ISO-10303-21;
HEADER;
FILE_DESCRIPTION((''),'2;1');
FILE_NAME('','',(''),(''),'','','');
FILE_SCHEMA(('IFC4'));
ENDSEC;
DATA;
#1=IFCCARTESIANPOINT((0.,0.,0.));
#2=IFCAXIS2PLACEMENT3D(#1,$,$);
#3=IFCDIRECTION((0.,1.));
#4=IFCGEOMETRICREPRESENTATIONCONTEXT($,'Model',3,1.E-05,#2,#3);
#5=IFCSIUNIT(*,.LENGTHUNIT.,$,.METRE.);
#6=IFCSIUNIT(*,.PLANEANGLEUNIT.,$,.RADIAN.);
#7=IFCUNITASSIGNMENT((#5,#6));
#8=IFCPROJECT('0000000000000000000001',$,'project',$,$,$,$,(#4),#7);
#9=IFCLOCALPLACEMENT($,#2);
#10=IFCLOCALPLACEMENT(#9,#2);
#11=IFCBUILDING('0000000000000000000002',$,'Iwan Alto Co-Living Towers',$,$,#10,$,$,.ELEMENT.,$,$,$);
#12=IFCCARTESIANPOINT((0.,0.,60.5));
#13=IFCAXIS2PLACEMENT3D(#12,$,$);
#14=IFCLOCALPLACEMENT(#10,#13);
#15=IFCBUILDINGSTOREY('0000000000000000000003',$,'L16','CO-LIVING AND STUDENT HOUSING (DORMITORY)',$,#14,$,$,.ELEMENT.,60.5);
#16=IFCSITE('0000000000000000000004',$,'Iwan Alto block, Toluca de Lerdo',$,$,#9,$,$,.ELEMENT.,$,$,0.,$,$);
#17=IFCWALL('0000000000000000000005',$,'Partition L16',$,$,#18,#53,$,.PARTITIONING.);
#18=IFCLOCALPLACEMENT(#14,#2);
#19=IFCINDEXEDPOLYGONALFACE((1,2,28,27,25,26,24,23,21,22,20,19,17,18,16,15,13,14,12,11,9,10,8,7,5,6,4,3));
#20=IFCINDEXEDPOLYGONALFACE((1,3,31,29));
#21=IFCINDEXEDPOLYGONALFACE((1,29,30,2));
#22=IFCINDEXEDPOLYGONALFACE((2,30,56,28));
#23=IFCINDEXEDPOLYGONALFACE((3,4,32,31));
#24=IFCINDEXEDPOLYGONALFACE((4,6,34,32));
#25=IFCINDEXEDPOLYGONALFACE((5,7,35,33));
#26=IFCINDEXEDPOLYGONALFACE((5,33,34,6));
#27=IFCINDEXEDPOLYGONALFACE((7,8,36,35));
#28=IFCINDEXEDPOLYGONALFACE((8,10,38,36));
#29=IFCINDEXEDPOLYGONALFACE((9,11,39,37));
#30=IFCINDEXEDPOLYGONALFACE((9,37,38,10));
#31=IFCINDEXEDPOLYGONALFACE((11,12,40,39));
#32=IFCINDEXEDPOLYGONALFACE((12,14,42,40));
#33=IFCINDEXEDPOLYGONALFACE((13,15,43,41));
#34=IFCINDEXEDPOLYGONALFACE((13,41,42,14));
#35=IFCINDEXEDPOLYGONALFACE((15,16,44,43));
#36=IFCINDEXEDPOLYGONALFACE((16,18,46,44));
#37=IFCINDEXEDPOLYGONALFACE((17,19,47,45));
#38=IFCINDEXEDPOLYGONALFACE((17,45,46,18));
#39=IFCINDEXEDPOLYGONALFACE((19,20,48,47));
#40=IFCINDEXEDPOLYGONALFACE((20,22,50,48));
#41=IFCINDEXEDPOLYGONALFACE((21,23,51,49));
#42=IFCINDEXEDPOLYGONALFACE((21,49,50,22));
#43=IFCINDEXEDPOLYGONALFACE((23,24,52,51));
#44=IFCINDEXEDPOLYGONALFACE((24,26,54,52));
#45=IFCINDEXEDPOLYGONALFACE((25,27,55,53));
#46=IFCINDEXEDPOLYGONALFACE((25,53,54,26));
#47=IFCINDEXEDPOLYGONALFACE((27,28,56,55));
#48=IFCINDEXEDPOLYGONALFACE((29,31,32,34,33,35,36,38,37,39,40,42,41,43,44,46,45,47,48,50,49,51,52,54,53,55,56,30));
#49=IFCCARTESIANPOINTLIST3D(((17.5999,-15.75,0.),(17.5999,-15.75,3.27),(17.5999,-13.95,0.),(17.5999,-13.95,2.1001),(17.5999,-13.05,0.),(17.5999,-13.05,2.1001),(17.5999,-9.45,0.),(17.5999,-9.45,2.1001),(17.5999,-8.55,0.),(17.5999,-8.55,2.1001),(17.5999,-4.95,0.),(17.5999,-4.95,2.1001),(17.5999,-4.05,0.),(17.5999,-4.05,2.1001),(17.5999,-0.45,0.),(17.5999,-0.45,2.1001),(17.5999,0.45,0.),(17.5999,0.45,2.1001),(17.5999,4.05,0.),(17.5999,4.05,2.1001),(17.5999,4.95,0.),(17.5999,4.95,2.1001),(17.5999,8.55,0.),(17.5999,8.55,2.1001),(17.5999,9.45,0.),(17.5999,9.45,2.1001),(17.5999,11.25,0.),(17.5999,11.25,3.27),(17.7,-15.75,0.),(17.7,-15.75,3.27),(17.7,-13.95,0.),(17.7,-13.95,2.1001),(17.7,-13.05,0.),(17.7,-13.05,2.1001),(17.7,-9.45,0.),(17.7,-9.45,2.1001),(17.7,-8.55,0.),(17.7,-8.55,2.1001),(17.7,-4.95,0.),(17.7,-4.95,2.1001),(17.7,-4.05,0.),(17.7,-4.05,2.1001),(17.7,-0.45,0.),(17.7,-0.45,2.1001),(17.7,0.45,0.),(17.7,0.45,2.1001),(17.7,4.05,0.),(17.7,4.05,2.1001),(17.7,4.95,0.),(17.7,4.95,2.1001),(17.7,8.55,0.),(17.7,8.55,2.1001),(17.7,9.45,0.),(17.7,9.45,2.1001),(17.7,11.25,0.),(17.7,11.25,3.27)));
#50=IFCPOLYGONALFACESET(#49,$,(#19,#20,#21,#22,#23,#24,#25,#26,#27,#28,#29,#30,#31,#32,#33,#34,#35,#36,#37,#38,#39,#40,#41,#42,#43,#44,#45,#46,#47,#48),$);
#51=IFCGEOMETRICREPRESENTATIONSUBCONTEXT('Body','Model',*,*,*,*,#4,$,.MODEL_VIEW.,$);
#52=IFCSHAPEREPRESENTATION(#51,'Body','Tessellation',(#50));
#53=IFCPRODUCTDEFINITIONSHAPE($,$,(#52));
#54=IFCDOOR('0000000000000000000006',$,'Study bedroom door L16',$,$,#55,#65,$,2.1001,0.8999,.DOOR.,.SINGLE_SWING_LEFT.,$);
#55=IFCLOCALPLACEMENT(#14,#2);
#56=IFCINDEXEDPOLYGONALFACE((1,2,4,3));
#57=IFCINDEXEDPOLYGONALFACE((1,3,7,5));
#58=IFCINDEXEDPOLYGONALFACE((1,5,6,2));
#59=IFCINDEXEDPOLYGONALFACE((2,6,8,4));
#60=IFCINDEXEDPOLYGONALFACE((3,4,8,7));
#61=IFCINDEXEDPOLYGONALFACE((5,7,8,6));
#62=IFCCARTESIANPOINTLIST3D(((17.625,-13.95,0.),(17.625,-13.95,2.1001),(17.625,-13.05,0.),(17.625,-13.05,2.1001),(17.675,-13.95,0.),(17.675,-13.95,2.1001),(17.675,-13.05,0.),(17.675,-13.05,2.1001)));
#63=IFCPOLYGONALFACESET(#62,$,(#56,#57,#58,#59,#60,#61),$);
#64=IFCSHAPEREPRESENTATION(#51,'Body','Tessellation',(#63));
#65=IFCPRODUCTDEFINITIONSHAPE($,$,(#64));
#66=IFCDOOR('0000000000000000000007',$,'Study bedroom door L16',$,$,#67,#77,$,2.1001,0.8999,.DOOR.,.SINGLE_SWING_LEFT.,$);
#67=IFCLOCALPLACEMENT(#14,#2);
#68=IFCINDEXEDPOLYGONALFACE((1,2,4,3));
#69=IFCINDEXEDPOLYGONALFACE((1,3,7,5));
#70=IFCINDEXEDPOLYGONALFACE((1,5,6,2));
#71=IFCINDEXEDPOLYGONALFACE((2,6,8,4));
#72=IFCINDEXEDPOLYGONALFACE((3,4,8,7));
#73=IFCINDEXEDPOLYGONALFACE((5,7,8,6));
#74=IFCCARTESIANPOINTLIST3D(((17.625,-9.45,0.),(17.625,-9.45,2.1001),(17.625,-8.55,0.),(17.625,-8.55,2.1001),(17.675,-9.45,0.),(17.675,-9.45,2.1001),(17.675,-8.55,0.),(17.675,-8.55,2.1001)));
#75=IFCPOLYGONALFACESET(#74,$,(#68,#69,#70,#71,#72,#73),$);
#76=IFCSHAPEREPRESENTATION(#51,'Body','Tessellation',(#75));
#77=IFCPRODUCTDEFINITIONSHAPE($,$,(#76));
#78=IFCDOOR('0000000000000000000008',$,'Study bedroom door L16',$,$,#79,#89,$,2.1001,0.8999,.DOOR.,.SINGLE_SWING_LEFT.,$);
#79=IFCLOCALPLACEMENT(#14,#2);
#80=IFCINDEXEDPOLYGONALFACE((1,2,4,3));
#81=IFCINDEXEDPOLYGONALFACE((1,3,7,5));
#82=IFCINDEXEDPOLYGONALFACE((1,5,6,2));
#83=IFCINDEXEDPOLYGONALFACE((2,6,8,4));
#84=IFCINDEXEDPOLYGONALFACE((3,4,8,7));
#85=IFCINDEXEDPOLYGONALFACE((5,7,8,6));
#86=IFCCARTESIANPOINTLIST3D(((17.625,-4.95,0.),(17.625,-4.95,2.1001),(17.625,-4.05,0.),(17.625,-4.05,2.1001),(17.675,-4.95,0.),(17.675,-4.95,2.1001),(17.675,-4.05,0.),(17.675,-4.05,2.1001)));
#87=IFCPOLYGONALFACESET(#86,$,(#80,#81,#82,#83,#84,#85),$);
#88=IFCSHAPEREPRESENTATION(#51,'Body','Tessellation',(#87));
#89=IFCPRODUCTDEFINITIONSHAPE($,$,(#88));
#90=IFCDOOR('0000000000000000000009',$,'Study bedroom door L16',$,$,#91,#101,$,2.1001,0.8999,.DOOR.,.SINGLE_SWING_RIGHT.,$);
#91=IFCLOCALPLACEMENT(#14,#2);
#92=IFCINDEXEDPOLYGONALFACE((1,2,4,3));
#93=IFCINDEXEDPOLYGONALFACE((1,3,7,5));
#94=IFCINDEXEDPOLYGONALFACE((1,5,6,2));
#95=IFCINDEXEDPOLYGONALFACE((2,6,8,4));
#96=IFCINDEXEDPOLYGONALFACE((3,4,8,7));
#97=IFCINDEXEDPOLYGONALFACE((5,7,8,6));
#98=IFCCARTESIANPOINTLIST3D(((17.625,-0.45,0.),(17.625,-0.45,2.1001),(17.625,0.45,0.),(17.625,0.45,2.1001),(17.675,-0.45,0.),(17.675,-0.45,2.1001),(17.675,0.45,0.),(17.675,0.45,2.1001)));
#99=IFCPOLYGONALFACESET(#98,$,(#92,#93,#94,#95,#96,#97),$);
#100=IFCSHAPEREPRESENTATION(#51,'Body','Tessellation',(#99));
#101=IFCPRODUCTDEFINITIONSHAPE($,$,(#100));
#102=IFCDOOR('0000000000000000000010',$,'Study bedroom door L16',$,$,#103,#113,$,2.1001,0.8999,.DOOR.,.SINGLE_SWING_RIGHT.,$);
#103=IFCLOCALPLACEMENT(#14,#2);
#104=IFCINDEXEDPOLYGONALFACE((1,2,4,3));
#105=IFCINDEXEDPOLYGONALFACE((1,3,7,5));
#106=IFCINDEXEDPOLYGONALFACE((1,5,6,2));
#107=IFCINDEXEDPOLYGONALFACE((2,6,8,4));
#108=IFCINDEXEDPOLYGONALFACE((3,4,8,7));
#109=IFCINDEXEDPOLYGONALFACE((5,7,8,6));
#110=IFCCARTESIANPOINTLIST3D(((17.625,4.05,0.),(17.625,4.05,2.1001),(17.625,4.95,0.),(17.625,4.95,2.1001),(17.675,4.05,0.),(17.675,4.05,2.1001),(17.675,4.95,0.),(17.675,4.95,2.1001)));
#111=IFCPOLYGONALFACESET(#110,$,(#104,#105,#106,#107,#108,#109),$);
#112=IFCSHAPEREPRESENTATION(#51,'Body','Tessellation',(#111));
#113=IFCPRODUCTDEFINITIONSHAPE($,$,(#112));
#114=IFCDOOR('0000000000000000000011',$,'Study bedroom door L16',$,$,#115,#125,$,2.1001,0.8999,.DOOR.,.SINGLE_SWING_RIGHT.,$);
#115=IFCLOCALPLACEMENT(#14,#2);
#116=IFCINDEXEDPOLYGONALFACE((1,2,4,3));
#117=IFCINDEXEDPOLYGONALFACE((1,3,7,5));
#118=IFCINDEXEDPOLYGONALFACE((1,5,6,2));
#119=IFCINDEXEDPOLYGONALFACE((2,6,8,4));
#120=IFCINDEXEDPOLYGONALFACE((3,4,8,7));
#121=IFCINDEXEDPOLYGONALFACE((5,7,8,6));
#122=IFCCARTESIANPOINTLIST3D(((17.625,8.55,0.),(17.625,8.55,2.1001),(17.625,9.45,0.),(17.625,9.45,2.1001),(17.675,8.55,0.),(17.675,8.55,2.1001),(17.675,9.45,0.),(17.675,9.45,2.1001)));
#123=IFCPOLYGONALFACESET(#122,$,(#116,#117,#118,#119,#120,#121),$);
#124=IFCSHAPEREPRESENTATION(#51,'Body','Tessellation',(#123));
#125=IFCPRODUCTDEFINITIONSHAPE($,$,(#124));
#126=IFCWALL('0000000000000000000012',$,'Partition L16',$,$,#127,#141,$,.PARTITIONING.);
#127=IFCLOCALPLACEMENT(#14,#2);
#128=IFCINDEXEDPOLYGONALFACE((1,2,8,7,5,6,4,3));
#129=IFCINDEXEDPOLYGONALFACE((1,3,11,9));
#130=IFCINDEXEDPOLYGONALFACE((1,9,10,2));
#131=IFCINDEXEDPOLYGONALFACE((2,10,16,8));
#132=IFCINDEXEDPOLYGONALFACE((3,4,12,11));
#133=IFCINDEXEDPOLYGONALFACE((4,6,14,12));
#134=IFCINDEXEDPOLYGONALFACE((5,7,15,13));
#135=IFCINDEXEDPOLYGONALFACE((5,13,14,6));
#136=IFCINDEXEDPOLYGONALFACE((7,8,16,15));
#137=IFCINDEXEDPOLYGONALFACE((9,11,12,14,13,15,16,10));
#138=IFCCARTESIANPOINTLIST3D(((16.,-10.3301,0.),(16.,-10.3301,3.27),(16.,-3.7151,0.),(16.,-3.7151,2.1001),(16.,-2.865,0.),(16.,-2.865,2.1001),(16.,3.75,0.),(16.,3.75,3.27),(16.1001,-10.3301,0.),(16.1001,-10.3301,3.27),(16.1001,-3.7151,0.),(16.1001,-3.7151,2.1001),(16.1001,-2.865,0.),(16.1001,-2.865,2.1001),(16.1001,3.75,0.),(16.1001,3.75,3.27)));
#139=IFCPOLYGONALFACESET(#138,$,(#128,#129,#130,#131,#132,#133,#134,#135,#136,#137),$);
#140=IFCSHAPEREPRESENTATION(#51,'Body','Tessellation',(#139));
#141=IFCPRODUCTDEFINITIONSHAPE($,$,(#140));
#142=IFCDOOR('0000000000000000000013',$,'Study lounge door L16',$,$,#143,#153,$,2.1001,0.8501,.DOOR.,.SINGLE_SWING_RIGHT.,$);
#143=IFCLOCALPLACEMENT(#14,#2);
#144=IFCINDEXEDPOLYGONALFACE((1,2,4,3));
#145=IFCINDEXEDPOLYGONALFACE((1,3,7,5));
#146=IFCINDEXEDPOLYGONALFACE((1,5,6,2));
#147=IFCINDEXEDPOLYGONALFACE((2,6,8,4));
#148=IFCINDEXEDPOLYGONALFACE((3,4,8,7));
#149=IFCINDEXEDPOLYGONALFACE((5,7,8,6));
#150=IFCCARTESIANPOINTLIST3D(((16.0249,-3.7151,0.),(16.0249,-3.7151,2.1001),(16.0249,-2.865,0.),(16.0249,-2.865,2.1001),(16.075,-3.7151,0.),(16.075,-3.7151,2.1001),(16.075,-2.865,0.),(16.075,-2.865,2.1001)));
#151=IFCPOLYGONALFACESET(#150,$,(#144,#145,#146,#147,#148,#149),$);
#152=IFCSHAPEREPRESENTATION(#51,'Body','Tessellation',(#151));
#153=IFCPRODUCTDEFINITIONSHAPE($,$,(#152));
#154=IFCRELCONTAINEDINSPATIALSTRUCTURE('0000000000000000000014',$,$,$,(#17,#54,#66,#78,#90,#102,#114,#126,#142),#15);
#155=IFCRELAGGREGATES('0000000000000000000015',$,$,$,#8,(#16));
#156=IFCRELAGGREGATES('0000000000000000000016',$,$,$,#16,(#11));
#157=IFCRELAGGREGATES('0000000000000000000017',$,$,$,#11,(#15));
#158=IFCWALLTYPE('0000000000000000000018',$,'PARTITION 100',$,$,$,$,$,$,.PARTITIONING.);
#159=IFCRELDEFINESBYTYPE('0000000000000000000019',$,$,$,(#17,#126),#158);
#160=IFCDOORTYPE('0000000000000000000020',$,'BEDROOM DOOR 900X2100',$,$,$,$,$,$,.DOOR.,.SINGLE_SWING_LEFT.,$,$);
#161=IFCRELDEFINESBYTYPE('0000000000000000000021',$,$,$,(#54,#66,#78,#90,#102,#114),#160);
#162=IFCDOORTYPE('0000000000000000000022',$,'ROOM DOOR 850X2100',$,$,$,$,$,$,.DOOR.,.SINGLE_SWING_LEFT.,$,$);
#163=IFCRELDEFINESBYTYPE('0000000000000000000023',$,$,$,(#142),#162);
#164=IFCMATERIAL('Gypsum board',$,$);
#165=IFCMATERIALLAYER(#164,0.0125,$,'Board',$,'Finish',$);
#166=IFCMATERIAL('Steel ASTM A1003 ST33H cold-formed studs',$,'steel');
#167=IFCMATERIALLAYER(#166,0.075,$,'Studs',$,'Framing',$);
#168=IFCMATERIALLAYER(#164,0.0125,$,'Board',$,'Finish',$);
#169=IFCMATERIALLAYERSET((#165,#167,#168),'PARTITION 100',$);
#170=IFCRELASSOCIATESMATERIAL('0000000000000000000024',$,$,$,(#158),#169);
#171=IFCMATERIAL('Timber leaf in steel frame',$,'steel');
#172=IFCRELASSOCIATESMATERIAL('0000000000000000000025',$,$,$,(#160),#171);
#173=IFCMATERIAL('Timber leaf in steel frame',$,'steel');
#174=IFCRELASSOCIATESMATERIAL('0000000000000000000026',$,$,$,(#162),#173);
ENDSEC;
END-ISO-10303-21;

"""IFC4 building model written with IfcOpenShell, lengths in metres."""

from ifc_helpers import new_model, si_unit, direction, frame, frame_2d, origin, place, context, subcontext, project, spatial, rectangle, extrude, material, layer, layer_set, type_object, element, fill, save


model = new_model("IFC4")

# Units and contexts
model_context = context("Model", 3, precision=1e-05, world=origin(), true_north=direction((0.0, 1.0)))
body_context = subcontext(model_context, "Body", "Model", "MODEL_VIEW")
ifc_project = project(units=[si_unit("LENGTHUNIT", "METRE"), si_unit("PLANEANGLEUNIT", "RADIAN")], contexts=[model_context])

# Site, building, storey
site_placement = place(None, origin())
site = spatial("IfcSite", under=ifc_project, at=site_placement, Name="Iwan Alto block, Toluca de Lerdo", CompositionType="ELEMENT", RefElevation=0.0)
building_placement = place(site_placement, origin())
building = spatial("IfcBuilding", under=site, at=building_placement, Name="Iwan Alto Co-Living Towers", CompositionType="ELEMENT")
storey_placement = place(building_placement, frame((0.0, 0.0, 60.5)))
storey = spatial("IfcBuildingStorey", under=building, at=storey_placement, Name="L16", Description="CO-LIVING AND STUDENT HOUSING (DORMITORY)", CompositionType="ELEMENT", Elevation=60.5)

# Shared definitions
ifc_material_1 = material(Name="Gypsum board")
ifc_material_2 = material(Name="Steel ASTM A1003 ST33H cold-formed studs", Category="steel")

# Shared definitions
ifc_layer_1 = layer(ifc_material_1, 0.0125, Name="Board", Category="Finish")
ifc_layer_2 = layer(ifc_material_2, 0.075, Name="Studs", Category="Framing")
ifc_layer_3 = layer(ifc_material_1, 0.0125, Name="Board", Category="Finish")
ifc_layer_set_1 = layer_set([ifc_layer_1, ifc_layer_2, ifc_layer_3], Name="PARTITION 100")
wall_type_1 = type_object("IfcWallType", Name="PARTITION 100", PredefinedType="PARTITIONING", material=ifc_layer_set_1)

# Wall, openings, doors
wall_1_placement = place(storey_placement, frame((17.6499, -15.75, 0.0), z_axis=(0.0, 0.0, 1.0), x_axis=(0.0, 1.0, 0.0)))
wall_1 = element("IfcWall", 1, at=wall_1_placement, inside=storey, type_object=wall_type_1, Name="Partition L16", PredefinedType="PARTITIONING", context=body_context, shape_type="SweptSolid", body=[
    extrude(rectangle(XDim=27.0, YDim=0.1001, at=frame_2d((13.5, 0.0))), origin(), (0.0, 0.0, 1.0), 3.27),
])
opening_1_placement = place(wall_1_placement, frame((1.8, 0.0, 0.0)))
opening_1 = element("IfcOpeningElement", 2, at=opening_1_placement, cuts=wall_1, PredefinedType="OPENING", context=body_context, shape_type="SweptSolid", body=[
    extrude(rectangle(XDim=0.8999, YDim=2.1001, at=frame_2d((0.45, 1.05))), frame((0.0, 0.0601, 0.0), z_axis=(0.0, -1.0, 0.0), x_axis=(1.0, 0.0, 0.0)), (0.0, 0.0, 1.0), 0.1201),
])
opening_2_placement = place(wall_1_placement, frame((6.3, 0.0, 0.0)))
opening_2 = element("IfcOpeningElement", 3, at=opening_2_placement, cuts=wall_1, PredefinedType="OPENING", context=body_context, shape_type="SweptSolid", body=[
    extrude(rectangle(XDim=0.8999, YDim=2.1001, at=frame_2d((0.45, 1.05))), frame((0.0, 0.0601, 0.0), z_axis=(0.0, -1.0, 0.0), x_axis=(1.0, 0.0, 0.0)), (0.0, 0.0, 1.0), 0.1201),
])
opening_3_placement = place(wall_1_placement, frame((10.8, 0.0, 0.0)))
opening_3 = element("IfcOpeningElement", 4, at=opening_3_placement, cuts=wall_1, PredefinedType="OPENING", context=body_context, shape_type="SweptSolid", body=[
    extrude(rectangle(XDim=0.8999, YDim=2.1001, at=frame_2d((0.45, 1.05))), frame((0.0, 0.0601, 0.0), z_axis=(0.0, -1.0, 0.0), x_axis=(1.0, 0.0, 0.0)), (0.0, 0.0, 1.0), 0.1201),
])
opening_4_placement = place(wall_1_placement, frame((15.3, 0.0, 0.0)))
opening_4 = element("IfcOpeningElement", 5, at=opening_4_placement, cuts=wall_1, PredefinedType="OPENING", context=body_context, shape_type="SweptSolid", body=[
    extrude(rectangle(XDim=0.8999, YDim=2.1001, at=frame_2d((0.45, 1.05))), frame((0.0, 0.0601, 0.0), z_axis=(0.0, -1.0, 0.0), x_axis=(1.0, 0.0, 0.0)), (0.0, 0.0, 1.0), 0.1201),
])
opening_5_placement = place(wall_1_placement, frame((19.8, 0.0, 0.0)))
opening_5 = element("IfcOpeningElement", 6, at=opening_5_placement, cuts=wall_1, PredefinedType="OPENING", context=body_context, shape_type="SweptSolid", body=[
    extrude(rectangle(XDim=0.8999, YDim=2.1001, at=frame_2d((0.45, 1.05))), frame((0.0, 0.0601, 0.0), z_axis=(0.0, -1.0, 0.0), x_axis=(1.0, 0.0, 0.0)), (0.0, 0.0, 1.0), 0.1201),
])
opening_6_placement = place(wall_1_placement, frame((24.3, 0.0, 0.0)))
opening_6 = element("IfcOpeningElement", 7, at=opening_6_placement, cuts=wall_1, PredefinedType="OPENING", context=body_context, shape_type="SweptSolid", body=[
    extrude(rectangle(XDim=0.8999, YDim=2.1001, at=frame_2d((0.45, 1.05))), frame((0.0, 0.0601, 0.0), z_axis=(0.0, -1.0, 0.0), x_axis=(1.0, 0.0, 0.0)), (0.0, 0.0, 1.0), 0.1201),
])
ifc_material_3 = material(Name="Timber leaf in steel frame", Category="steel")
door_type_1 = type_object("IfcDoorType", Name="BEDROOM DOOR 900X2100", OperationType="SINGLE_SWING_LEFT", PredefinedType="DOOR", material=ifc_material_3)
door_1_placement = place(opening_1_placement, origin())
door_1 = element("IfcDoor", 8, at=door_1_placement, inside=storey, type_object=door_type_1, Name="Study bedroom door L16", OperationType="SINGLE_SWING_LEFT", OverallHeight=2.1001, OverallWidth=0.8999, PredefinedType="DOOR", context=body_context, shape_type="SweptSolid", body=[
    extrude(rectangle(XDim=0.8999, YDim=2.1001, at=frame_2d((0.45, 1.05))), frame((0.0, 0.0249, 0.0), z_axis=(0.0, -1.0, 0.0), x_axis=(1.0, 0.0, 0.0)), (0.0, 0.0, 1.0), 0.05),
])
fill(opening_1, door_1)
door_2_placement = place(opening_2_placement, origin())
door_2 = element("IfcDoor", 9, at=door_2_placement, inside=storey, type_object=door_type_1, Name="Study bedroom door L16", OperationType="SINGLE_SWING_LEFT", OverallHeight=2.1001, OverallWidth=0.8999, PredefinedType="DOOR", context=body_context, shape_type="SweptSolid", body=[
    extrude(rectangle(XDim=0.8999, YDim=2.1001, at=frame_2d((0.45, 1.05))), frame((0.0, 0.0249, 0.0), z_axis=(0.0, -1.0, 0.0), x_axis=(1.0, 0.0, 0.0)), (0.0, 0.0, 1.0), 0.05),
])
fill(opening_2, door_2)
door_3_placement = place(opening_3_placement, origin())
door_3 = element("IfcDoor", 10, at=door_3_placement, inside=storey, type_object=door_type_1, Name="Study bedroom door L16", OperationType="SINGLE_SWING_LEFT", OverallHeight=2.1001, OverallWidth=0.8999, PredefinedType="DOOR", context=body_context, shape_type="SweptSolid", body=[
    extrude(rectangle(XDim=0.8999, YDim=2.1001, at=frame_2d((0.45, 1.05))), frame((0.0, 0.0249, 0.0), z_axis=(0.0, -1.0, 0.0), x_axis=(1.0, 0.0, 0.0)), (0.0, 0.0, 1.0), 0.05),
])
fill(opening_3, door_3)
door_4_placement = place(opening_4_placement, origin())
door_4 = element("IfcDoor", 11, at=door_4_placement, inside=storey, type_object=door_type_1, Name="Study bedroom door L16", OperationType="SINGLE_SWING_RIGHT", OverallHeight=2.1001, OverallWidth=0.8999, PredefinedType="DOOR", context=body_context, shape_type="SweptSolid", body=[
    extrude(rectangle(XDim=0.8999, YDim=2.1001, at=frame_2d((0.45, 1.05))), frame((0.0, 0.0249, 0.0), z_axis=(0.0, -1.0, 0.0), x_axis=(1.0, 0.0, 0.0)), (0.0, 0.0, 1.0), 0.05),
])
fill(opening_4, door_4)
door_5_placement = place(opening_5_placement, origin())
door_5 = element("IfcDoor", 12, at=door_5_placement, inside=storey, type_object=door_type_1, Name="Study bedroom door L16", OperationType="SINGLE_SWING_RIGHT", OverallHeight=2.1001, OverallWidth=0.8999, PredefinedType="DOOR", context=body_context, shape_type="SweptSolid", body=[
    extrude(rectangle(XDim=0.8999, YDim=2.1001, at=frame_2d((0.45, 1.05))), frame((0.0, 0.0249, 0.0), z_axis=(0.0, -1.0, 0.0), x_axis=(1.0, 0.0, 0.0)), (0.0, 0.0, 1.0), 0.05),
])
fill(opening_5, door_5)
door_6_placement = place(opening_6_placement, origin())
door_6 = element("IfcDoor", 13, at=door_6_placement, inside=storey, type_object=door_type_1, Name="Study bedroom door L16", OperationType="SINGLE_SWING_RIGHT", OverallHeight=2.1001, OverallWidth=0.8999, PredefinedType="DOOR", context=body_context, shape_type="SweptSolid", body=[
    extrude(rectangle(XDim=0.8999, YDim=2.1001, at=frame_2d((0.45, 1.05))), frame((0.0, 0.0249, 0.0), z_axis=(0.0, -1.0, 0.0), x_axis=(1.0, 0.0, 0.0)), (0.0, 0.0, 1.0), 0.05),
])
fill(opening_6, door_6)

# Wall, opening, door
wall_2_placement = place(storey_placement, frame((16.05, -10.3301, 0.0), z_axis=(0.0, 0.0, 1.0), x_axis=(0.0, 1.0, 0.0)))
wall_2 = element("IfcWall", 14, at=wall_2_placement, inside=storey, type_object=wall_type_1, Name="Partition L16", PredefinedType="PARTITIONING", context=body_context, shape_type="SweptSolid", body=[
    extrude(rectangle(XDim=14.0801, YDim=0.1001, at=frame_2d((7.04, 0.0))), origin(), (0.0, 0.0, 1.0), 3.27),
])
opening_7_placement = place(wall_2_placement, frame((6.615, 0.0, 0.0)))
opening_7 = element("IfcOpeningElement", 15, at=opening_7_placement, cuts=wall_2, PredefinedType="OPENING", context=body_context, shape_type="SweptSolid", body=[
    extrude(rectangle(XDim=0.8501, YDim=2.1001, at=frame_2d((0.425, 1.05))), frame((0.0, 0.0601, 0.0), z_axis=(0.0, -1.0, 0.0), x_axis=(1.0, 0.0, 0.0)), (0.0, 0.0, 1.0), 0.1201),
])
ifc_material_4 = material(Name="Timber leaf in steel frame", Category="steel")
door_type_2 = type_object("IfcDoorType", Name="ROOM DOOR 850X2100", OperationType="SINGLE_SWING_LEFT", PredefinedType="DOOR", material=ifc_material_4)
door_7_placement = place(opening_7_placement, frame((0.8501, 0.0, 0.0), z_axis=(0.0, 0.0, 1.0), x_axis=(-1.0, 0.0, 0.0)))
door_7 = element("IfcDoor", 16, at=door_7_placement, inside=storey, type_object=door_type_2, Name="Study lounge door L16", OperationType="SINGLE_SWING_RIGHT", OverallHeight=2.1001, OverallWidth=0.8501, PredefinedType="DOOR", context=body_context, shape_type="SweptSolid", body=[
    extrude(rectangle(XDim=0.8501, YDim=2.1001, at=frame_2d((0.425, 1.05))), frame((0.0, 0.0249, 0.0), z_axis=(0.0, -1.0, 0.0), x_axis=(1.0, 0.0, 0.0)), (0.0, 0.0, 1.0), 0.05),
])
fill(opening_7, door_7)

save(model, "model.ifc")
